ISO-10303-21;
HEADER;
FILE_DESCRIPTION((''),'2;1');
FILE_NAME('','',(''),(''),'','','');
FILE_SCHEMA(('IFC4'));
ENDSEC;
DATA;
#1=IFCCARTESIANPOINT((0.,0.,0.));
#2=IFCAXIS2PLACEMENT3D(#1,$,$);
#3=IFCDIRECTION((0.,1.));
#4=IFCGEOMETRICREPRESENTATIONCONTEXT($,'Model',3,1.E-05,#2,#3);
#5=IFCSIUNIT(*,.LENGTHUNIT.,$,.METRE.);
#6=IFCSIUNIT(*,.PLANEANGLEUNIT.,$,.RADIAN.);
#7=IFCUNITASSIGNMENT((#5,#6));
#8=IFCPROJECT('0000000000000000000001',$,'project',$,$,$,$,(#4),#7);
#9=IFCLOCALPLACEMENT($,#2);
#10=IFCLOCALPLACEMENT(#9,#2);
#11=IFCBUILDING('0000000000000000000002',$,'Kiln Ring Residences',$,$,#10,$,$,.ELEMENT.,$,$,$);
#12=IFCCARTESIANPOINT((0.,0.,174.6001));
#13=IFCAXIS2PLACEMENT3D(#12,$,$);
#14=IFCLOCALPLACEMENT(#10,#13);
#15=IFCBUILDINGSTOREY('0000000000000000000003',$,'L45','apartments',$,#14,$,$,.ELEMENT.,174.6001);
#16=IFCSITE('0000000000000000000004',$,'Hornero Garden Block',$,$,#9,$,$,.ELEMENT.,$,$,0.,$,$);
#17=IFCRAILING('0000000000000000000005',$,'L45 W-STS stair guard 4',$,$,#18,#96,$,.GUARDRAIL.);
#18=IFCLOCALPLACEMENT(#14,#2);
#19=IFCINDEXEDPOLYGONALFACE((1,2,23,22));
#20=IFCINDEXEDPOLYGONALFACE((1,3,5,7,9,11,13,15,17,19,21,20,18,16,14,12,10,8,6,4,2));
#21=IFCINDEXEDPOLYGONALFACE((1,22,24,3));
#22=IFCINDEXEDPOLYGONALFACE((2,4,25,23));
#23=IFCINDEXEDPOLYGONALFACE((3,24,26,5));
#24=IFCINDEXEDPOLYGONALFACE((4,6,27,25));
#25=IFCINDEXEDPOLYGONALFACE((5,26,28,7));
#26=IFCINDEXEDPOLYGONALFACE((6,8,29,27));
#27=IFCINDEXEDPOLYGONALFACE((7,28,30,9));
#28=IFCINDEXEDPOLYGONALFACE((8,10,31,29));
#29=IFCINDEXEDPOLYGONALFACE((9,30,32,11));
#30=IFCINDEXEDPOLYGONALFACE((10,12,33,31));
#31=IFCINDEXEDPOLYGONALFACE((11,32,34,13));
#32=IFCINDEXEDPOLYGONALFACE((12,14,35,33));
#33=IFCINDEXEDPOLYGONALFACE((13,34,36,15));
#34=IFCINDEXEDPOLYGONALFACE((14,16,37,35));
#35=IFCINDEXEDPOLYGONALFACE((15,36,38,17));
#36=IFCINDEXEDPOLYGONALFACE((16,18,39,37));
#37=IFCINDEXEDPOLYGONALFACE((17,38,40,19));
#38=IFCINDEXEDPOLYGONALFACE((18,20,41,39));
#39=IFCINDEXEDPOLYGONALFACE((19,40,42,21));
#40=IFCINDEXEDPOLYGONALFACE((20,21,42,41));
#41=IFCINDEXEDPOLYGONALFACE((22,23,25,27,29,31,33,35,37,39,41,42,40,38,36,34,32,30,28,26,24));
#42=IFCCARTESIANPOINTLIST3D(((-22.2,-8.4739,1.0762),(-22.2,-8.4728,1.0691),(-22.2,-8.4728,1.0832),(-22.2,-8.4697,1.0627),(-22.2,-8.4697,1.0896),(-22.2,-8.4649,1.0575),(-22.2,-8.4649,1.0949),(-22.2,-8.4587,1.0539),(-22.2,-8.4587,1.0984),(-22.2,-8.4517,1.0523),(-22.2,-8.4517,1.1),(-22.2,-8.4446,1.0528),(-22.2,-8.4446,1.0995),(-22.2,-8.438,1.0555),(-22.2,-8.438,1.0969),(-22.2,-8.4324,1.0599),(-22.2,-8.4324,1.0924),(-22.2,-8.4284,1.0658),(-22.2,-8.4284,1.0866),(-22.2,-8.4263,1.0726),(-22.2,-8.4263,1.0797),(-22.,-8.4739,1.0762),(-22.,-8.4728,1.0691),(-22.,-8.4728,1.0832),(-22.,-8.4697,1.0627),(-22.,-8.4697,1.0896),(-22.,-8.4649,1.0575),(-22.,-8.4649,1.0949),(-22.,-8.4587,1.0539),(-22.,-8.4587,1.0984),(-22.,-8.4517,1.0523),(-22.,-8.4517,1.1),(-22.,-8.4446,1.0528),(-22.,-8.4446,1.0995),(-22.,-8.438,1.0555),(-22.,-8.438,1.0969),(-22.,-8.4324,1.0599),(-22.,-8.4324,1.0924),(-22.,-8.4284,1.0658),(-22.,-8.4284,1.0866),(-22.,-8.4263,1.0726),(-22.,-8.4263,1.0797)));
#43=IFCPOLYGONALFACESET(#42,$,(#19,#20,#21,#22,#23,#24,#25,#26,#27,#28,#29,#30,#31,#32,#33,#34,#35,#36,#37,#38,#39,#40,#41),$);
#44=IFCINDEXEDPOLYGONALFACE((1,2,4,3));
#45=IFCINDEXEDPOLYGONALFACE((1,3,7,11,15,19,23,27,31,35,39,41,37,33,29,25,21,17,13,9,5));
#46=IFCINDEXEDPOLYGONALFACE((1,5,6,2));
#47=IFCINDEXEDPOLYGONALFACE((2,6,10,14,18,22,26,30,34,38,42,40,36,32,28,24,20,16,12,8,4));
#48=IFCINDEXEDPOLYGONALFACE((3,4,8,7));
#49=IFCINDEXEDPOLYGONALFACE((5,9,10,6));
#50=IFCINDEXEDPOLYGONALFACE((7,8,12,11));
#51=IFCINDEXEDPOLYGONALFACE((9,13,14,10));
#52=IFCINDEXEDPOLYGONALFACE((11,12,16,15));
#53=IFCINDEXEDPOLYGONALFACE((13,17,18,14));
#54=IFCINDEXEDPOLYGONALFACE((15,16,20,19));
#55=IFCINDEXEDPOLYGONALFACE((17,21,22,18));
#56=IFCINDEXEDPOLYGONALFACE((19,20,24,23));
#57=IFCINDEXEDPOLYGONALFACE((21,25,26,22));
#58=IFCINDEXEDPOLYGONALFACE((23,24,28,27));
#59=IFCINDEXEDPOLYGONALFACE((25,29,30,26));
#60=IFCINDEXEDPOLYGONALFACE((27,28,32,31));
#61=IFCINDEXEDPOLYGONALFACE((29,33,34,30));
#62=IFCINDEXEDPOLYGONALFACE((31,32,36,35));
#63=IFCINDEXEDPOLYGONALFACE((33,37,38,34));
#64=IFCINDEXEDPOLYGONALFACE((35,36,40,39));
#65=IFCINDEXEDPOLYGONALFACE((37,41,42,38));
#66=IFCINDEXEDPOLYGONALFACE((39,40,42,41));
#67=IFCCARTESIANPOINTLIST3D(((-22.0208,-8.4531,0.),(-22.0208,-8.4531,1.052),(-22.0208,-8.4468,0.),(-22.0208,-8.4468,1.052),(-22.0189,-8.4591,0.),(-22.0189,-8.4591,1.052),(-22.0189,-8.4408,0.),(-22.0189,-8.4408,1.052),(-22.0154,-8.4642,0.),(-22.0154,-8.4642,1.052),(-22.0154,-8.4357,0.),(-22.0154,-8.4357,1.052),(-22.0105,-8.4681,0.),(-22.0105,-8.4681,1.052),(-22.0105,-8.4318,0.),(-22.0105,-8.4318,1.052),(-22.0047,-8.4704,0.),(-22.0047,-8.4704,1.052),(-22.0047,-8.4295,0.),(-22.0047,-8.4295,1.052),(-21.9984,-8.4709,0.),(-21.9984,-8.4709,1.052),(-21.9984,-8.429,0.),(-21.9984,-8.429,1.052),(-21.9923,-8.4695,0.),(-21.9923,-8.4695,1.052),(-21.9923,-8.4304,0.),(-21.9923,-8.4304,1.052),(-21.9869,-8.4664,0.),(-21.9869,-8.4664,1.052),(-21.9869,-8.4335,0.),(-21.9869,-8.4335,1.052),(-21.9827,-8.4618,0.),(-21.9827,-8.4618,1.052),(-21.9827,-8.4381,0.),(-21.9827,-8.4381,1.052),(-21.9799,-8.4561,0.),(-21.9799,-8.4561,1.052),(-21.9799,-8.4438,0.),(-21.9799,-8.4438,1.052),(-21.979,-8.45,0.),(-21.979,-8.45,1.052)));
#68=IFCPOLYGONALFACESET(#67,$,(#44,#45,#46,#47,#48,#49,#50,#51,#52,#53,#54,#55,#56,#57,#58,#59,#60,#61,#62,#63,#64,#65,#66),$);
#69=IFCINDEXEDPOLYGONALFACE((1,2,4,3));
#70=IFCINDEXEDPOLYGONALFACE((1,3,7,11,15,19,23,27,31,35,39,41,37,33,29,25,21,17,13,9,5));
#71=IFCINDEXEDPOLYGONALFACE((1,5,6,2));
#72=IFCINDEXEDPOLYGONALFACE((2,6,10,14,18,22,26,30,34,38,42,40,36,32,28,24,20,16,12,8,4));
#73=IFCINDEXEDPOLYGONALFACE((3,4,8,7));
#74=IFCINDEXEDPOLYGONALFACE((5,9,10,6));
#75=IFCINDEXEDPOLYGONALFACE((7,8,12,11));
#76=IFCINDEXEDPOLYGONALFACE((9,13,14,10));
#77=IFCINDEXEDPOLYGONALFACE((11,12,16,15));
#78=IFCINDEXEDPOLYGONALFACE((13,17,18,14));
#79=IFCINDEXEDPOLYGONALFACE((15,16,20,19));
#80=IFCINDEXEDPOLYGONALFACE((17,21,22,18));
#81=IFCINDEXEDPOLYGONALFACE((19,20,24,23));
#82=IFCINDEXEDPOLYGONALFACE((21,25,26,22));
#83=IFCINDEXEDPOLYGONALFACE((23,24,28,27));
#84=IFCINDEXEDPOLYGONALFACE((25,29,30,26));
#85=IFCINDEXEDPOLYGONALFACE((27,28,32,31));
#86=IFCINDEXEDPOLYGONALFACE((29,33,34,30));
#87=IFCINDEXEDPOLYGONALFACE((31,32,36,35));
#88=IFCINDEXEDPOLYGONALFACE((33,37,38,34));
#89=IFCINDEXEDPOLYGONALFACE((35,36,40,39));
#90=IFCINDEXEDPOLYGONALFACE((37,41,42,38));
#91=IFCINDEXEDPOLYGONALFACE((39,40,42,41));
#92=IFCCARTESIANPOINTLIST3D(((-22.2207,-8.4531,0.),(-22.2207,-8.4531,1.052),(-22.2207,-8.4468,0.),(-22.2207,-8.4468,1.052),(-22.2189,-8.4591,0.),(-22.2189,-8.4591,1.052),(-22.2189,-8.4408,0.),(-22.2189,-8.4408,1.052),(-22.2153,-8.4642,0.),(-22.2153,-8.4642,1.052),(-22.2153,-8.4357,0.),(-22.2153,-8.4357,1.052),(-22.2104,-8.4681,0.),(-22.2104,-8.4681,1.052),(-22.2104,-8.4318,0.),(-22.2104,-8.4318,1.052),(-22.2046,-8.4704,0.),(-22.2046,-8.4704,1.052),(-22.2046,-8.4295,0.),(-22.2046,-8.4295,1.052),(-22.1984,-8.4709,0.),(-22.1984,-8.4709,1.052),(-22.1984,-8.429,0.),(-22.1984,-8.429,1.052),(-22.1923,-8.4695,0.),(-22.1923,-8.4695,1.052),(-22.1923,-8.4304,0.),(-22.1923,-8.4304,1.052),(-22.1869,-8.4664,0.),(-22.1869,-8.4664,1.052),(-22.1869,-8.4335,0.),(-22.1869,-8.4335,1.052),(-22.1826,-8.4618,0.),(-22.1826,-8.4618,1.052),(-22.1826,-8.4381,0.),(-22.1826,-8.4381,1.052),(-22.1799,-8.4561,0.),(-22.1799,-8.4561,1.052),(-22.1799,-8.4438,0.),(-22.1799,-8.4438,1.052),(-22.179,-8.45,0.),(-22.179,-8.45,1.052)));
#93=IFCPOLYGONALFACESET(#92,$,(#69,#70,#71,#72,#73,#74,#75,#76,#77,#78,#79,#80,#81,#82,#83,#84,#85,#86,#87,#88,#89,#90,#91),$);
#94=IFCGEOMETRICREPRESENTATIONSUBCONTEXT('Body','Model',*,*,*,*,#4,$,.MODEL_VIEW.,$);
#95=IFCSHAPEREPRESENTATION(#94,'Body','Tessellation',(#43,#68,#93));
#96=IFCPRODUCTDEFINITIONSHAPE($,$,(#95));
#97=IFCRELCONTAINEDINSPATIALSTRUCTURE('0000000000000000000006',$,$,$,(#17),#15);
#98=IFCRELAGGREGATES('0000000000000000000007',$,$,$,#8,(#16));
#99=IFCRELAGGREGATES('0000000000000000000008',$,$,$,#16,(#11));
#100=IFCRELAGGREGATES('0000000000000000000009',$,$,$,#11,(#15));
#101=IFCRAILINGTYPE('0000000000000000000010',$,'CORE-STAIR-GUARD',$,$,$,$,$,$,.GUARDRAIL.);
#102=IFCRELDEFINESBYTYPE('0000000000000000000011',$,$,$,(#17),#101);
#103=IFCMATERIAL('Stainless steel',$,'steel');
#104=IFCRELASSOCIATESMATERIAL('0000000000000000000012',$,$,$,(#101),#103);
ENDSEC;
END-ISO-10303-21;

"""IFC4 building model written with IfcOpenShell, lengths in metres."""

from ifc_helpers import new_model, si_unit, direction, frame, origin, origin_2d, place, context, subcontext, project, spatial, circle, extrude, material, type_object, element, save


model = new_model("IFC4")

# Units and contexts
model_context = context("Model", 3, precision=1e-05, world=origin(), true_north=direction((0.0, 1.0)))
body_context = subcontext(model_context, "Body", "Model", "MODEL_VIEW")
ifc_project = project(units=[si_unit("LENGTHUNIT", "METRE"), si_unit("PLANEANGLEUNIT", "RADIAN")], contexts=[model_context])

# Site, building, storey
site_placement = place(None, origin())
site = spatial("IfcSite", under=ifc_project, at=site_placement, Name="Hornero Garden Block", CompositionType="ELEMENT", RefElevation=0.0)
building_placement = place(site_placement, origin())
building = spatial("IfcBuilding", under=site, at=building_placement, Name="Kiln Ring Residences", CompositionType="ELEMENT")
storey_placement = place(building_placement, frame((0.0, 0.0, 174.6001)))
storey = spatial("IfcBuildingStorey", under=building, at=storey_placement, Name="L45", Description="apartments", CompositionType="ELEMENT", Elevation=174.6001)

# Railing
ifc_material_1 = material(Name="Stainless steel", Category="steel")
railing_type_1 = type_object("IfcRailingType", Name="CORE-STAIR-GUARD", PredefinedType="GUARDRAIL", material=ifc_material_1)
railing_1_placement = place(storey_placement, frame((-22.0, -8.45, 0.0)))
element("IfcRailing", 1, at=railing_1_placement, inside=storey, type_object=railing_type_1, Name="L45 W-STS stair guard 4", PredefinedType="GUARDRAIL", context=body_context, shape_type="SweptSolid", body=[
    extrude(circle(Radius=0.0239, at=origin_2d()), frame((0.0, 0.0, 1.0762), z_axis=(-1.0, 0.0, 0.0), x_axis=(0.0, -1.0, 0.0)), (0.0, 0.0, 1.0), 0.2),
    extrude(circle(Radius=0.021, at=origin_2d()), origin(), (0.0, 0.0, 1.0), 1.052),
    extrude(circle(Radius=0.021, at=origin_2d()), frame((-0.2, 0.0, 0.0)), (0.0, 0.0, 1.0), 1.052),
])

save(model, "model.ifc")
